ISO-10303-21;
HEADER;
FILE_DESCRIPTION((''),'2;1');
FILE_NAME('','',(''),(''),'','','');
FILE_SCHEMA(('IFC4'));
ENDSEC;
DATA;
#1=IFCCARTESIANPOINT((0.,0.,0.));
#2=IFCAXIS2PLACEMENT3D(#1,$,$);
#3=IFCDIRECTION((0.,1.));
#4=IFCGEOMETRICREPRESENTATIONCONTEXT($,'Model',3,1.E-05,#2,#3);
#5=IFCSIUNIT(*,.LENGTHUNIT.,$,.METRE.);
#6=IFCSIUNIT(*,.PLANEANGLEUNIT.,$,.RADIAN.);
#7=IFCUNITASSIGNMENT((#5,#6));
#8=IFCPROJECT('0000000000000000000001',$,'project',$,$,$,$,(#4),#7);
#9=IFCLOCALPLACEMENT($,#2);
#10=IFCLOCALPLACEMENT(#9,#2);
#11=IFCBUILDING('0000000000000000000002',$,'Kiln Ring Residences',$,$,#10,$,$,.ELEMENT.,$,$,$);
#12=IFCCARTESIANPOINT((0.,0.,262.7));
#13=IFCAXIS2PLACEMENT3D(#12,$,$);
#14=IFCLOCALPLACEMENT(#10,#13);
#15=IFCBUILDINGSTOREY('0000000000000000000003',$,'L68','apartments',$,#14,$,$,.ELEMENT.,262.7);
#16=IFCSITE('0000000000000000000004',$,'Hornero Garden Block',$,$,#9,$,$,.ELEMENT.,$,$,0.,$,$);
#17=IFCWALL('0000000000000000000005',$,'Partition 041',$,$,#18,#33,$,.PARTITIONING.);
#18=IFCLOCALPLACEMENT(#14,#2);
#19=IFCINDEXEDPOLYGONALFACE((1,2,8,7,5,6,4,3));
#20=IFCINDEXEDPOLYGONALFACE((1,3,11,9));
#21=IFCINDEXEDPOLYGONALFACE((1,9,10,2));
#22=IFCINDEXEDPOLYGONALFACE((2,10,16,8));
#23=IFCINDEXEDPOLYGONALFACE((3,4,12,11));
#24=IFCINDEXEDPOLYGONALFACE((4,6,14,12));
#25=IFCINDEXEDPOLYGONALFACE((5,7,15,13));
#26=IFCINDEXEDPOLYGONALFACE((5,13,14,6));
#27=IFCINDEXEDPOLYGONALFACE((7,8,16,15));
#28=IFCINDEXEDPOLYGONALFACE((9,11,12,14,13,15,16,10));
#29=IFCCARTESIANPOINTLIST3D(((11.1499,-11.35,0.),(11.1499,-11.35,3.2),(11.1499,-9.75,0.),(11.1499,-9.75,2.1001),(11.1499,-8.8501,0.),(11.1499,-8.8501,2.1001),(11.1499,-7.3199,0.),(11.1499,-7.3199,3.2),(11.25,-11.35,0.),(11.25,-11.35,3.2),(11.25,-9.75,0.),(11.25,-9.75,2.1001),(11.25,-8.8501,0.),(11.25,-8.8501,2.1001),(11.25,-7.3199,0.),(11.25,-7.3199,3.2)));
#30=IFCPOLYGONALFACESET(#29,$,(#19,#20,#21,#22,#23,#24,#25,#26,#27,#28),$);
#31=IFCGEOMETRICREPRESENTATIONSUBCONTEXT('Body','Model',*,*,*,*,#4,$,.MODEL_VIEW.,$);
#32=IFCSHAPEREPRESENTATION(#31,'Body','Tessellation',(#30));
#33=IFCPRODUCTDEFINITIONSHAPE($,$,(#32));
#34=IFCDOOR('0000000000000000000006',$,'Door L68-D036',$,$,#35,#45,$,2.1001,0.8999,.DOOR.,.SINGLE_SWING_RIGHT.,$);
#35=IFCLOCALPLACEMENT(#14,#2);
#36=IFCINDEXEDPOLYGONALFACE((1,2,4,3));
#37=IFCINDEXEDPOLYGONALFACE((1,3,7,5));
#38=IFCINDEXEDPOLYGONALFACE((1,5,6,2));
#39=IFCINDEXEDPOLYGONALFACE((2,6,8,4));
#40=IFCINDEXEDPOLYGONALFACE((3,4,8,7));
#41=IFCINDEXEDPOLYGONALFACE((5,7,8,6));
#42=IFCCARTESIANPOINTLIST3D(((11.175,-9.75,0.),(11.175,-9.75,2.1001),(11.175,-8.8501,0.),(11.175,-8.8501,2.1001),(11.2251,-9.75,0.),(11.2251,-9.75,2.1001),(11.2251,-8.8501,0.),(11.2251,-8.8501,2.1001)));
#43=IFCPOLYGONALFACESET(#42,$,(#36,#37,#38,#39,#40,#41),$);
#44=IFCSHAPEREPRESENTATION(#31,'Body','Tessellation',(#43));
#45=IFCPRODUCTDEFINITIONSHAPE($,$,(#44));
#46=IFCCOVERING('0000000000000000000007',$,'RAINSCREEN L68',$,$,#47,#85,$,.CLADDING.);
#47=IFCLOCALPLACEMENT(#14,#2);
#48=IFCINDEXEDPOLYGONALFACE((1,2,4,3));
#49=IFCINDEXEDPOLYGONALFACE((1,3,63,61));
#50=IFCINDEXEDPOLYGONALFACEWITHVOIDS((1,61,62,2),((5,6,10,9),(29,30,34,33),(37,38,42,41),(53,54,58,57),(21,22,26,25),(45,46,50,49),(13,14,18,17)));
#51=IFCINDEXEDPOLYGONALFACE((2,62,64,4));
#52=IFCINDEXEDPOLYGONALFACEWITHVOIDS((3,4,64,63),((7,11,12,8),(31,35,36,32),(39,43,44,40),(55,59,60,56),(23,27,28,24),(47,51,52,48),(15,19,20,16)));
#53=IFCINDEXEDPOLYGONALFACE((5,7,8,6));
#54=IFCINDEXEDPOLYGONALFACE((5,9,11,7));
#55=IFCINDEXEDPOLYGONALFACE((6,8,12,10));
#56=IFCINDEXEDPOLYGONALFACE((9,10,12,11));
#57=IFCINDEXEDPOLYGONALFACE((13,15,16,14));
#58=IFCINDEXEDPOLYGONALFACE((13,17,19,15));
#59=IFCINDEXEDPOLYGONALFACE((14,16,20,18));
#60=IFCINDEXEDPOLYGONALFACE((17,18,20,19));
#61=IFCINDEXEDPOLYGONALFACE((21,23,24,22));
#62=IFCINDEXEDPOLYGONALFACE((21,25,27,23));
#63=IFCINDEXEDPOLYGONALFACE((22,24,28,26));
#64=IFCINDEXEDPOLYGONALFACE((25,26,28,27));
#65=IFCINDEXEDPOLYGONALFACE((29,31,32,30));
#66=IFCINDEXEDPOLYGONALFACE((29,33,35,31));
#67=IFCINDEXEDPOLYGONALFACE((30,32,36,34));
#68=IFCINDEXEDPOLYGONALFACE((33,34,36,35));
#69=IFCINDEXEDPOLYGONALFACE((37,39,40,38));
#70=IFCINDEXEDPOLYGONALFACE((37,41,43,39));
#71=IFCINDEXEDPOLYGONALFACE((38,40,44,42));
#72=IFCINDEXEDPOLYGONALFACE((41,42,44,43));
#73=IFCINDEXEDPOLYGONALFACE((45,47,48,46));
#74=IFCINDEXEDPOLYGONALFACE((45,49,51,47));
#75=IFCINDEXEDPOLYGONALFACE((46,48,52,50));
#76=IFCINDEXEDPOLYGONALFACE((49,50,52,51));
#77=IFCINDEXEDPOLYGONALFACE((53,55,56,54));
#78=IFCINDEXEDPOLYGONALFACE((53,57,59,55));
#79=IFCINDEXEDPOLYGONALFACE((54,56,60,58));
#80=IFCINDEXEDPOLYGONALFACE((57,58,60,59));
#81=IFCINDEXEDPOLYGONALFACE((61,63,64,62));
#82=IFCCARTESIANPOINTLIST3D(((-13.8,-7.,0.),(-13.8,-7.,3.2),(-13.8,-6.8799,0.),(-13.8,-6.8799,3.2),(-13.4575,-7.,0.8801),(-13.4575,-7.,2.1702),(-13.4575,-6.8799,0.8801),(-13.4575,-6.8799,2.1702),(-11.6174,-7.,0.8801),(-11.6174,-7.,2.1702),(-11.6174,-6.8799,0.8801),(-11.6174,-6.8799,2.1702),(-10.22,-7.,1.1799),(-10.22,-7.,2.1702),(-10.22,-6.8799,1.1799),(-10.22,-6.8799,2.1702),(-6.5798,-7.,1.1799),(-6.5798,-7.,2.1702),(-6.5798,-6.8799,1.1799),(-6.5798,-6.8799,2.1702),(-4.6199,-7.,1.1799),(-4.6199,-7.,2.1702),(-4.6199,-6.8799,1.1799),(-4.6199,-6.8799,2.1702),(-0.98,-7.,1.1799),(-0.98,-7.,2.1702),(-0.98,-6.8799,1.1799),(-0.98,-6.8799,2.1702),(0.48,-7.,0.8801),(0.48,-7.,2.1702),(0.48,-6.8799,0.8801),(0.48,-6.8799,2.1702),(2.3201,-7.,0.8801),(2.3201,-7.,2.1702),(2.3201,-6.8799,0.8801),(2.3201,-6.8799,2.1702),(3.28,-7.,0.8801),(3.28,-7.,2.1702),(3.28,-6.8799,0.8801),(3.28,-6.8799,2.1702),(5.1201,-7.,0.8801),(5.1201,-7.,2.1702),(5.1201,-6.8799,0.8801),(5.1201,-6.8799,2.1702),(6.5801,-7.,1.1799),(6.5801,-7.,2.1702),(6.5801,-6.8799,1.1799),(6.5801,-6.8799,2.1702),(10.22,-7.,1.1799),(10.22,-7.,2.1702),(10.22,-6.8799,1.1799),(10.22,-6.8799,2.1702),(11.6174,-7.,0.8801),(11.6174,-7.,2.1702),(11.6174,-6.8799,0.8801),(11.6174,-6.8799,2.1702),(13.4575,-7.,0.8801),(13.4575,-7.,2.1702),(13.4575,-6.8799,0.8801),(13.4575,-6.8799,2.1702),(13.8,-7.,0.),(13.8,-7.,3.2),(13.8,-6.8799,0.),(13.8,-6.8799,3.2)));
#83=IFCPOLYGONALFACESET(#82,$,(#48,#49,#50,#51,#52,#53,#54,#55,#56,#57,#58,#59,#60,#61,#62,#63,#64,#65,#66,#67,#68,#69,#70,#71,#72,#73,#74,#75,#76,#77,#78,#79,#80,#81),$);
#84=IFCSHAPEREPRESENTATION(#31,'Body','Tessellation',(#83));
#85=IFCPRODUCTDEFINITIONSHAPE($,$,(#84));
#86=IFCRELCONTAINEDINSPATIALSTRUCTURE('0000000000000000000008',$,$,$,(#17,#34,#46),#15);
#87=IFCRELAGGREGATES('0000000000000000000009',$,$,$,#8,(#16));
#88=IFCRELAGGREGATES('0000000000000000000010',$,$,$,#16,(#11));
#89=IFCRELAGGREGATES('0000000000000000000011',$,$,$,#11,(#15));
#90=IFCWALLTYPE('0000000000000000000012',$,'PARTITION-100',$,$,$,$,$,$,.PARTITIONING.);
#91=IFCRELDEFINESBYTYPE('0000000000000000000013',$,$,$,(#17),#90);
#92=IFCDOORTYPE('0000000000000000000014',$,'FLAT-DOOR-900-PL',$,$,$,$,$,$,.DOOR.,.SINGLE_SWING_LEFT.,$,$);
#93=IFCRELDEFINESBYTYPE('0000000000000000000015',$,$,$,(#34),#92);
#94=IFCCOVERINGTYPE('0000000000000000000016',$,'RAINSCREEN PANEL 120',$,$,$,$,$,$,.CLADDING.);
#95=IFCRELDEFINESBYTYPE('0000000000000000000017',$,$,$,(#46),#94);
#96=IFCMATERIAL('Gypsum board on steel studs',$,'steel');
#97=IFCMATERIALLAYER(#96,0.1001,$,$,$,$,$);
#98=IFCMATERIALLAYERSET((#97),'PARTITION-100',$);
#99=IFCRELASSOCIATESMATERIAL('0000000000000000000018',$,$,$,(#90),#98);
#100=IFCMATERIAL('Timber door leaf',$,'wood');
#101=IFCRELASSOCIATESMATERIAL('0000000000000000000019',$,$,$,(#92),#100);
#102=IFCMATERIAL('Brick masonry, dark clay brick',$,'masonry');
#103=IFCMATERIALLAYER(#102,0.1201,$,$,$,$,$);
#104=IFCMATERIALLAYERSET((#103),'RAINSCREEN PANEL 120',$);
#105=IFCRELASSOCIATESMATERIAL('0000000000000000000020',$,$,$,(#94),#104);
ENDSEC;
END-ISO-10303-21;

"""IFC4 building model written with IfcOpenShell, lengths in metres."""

from ifc_helpers import new_model, si_unit, direction, frame, frame_2d, origin, place, context, subcontext, project, spatial, polyline, rectangle, outline, extrude, material, layer, layer_set, type_object, element, fill, save


model = new_model("IFC4")

# Units and contexts
model_context = context("Model", 3, precision=1e-05, world=origin(), true_north=direction((0.0, 1.0)))
body_context = subcontext(model_context, "Body", "Model", "MODEL_VIEW")
ifc_project = project(units=[si_unit("LENGTHUNIT", "METRE"), si_unit("PLANEANGLEUNIT", "RADIAN")], contexts=[model_context])

# Site, building, storey
site_placement = place(None, origin())
site = spatial("IfcSite", under=ifc_project, at=site_placement, Name="Hornero Garden Block", CompositionType="ELEMENT", RefElevation=0.0)
building_placement = place(site_placement, origin())
building = spatial("IfcBuilding", under=site, at=building_placement, Name="Kiln Ring Residences", CompositionType="ELEMENT")
storey_placement = place(building_placement, frame((0.0, 0.0, 262.7)))
storey = spatial("IfcBuildingStorey", under=building, at=storey_placement, Name="L68", Description="apartments", CompositionType="ELEMENT", Elevation=262.7)

# Wall, opening, door
ifc_material_1 = material(Name="Gypsum board on steel studs", Category="steel")
ifc_layer_1 = layer(ifc_material_1, 0.1001)
ifc_layer_set_1 = layer_set([ifc_layer_1], Name="PARTITION-100")
wall_type_1 = type_object("IfcWallType", Name="PARTITION-100", PredefinedType="PARTITIONING", material=ifc_layer_set_1)
wall_1_placement = place(storey_placement, frame((11.2, -11.3501, 0.0), z_axis=(0.0, 0.0, 1.0), x_axis=(0.0, 1.0, 0.0)))
wall_1 = element("IfcWall", 1, at=wall_1_placement, inside=storey, type_object=wall_type_1, Name="Partition 041", PredefinedType="PARTITIONING", context=body_context, shape_type="SweptSolid", body=[
    extrude(rectangle(XDim=4.03, YDim=0.1001, at=frame_2d((2.0151, 0.0))), origin(), (0.0, 0.0, 1.0), 3.2),
])
opening_1_placement = place(wall_1_placement, frame((1.6001, 0.0, 0.0)))
opening_1 = element("IfcOpeningElement", 2, at=opening_1_placement, cuts=wall_1, PredefinedType="OPENING", context=body_context, shape_type="SweptSolid", body=[
    extrude(rectangle(XDim=0.8999, YDim=2.1001, at=frame_2d((0.45, 1.05))), frame((0.0, 0.0601, 0.0), z_axis=(0.0, -1.0, 0.0), x_axis=(1.0, 0.0, 0.0)), (0.0, 0.0, 1.0), 0.1201),
])
ifc_material_2 = material(Name="Timber door leaf", Category="wood")
door_type = type_object("IfcDoorType", Name="FLAT-DOOR-900-PL", OperationType="SINGLE_SWING_LEFT", PredefinedType="DOOR", material=ifc_material_2)
door_placement = place(opening_1_placement, origin())
door = element("IfcDoor", 3, at=door_placement, inside=storey, type_object=door_type, Name="Door L68-D036", OperationType="SINGLE_SWING_RIGHT", OverallHeight=2.1001, OverallWidth=0.8999, PredefinedType="DOOR", context=body_context, shape_type="SweptSolid", body=[
    extrude(rectangle(XDim=0.8999, YDim=2.1001, at=frame_2d((0.45, 1.05))), frame((0.0, 0.0249, 0.0), z_axis=(0.0, -1.0, 0.0), x_axis=(1.0, 0.0, 0.0)), (0.0, 0.0, 1.0), 0.05),
])
fill(opening_1, door)

# Covering
ifc_material_3 = material(Name="Brick masonry, dark clay brick", Category="masonry")
ifc_layer_2 = layer(ifc_material_3, 0.1201)
ifc_layer_set_2 = layer_set([ifc_layer_2], Name="RAINSCREEN PANEL 120")
covering_type = type_object("IfcCoveringType", Name="RAINSCREEN PANEL 120", PredefinedType="CLADDING", material=ifc_layer_set_2)
covering_placement = place(storey_placement, frame((13.8, -6.9399, 0.0), z_axis=(0.0, 0.0, 1.0), x_axis=(-1.0, 0.0, 0.0)))
element("IfcCovering", 4, at=covering_placement, inside=storey, type_object=covering_type, Name="RAINSCREEN L68", PredefinedType="CLADDING", context=body_context, shape_type="SweptSolid", body=[
    extrude(outline(polyline([(0.0, 0.0), (27.6001, 0.0), (27.6001, 3.2), (0.0, 3.2), (0.0, 0.0)]), holes=[polyline([(2.1826, 0.8801), (2.1826, 2.1702), (0.3425, 2.1702), (0.3425, 0.8801), (2.1826, 0.8801)]), polyline([(8.6799, 0.8801), (10.52, 0.8801), (10.52, 2.1702), (8.6799, 2.1702), (8.6799, 0.8801)]), polyline([(11.48, 0.8801), (13.3201, 0.8801), (13.3201, 2.1702), (11.48, 2.1702), (11.48, 0.8801)]), polyline([(25.4175, 0.8801), (27.2576, 0.8801), (27.2576, 2.1702), (25.4175, 2.1702), (25.4175, 0.8801)]), polyline([(3.5801, 1.1799), (7.22, 1.1799), (7.22, 2.1702), (3.5801, 2.1702), (3.5801, 1.1799)]), polyline([(14.78, 1.1799), (18.4199, 1.1799), (18.4199, 2.1702), (14.78, 2.1702), (14.78, 1.1799)]), polyline([(20.3799, 1.1799), (24.02, 1.1799), (24.02, 2.1702), (20.3799, 2.1702), (20.3799, 1.1799)])]), frame((0.0, 0.0601, 0.0), z_axis=(0.0, -1.0, 0.0), x_axis=(1.0, 0.0, 0.0)), (0.0, 0.0, 1.0), 0.1201),
])

save(model, "model.ifc")
